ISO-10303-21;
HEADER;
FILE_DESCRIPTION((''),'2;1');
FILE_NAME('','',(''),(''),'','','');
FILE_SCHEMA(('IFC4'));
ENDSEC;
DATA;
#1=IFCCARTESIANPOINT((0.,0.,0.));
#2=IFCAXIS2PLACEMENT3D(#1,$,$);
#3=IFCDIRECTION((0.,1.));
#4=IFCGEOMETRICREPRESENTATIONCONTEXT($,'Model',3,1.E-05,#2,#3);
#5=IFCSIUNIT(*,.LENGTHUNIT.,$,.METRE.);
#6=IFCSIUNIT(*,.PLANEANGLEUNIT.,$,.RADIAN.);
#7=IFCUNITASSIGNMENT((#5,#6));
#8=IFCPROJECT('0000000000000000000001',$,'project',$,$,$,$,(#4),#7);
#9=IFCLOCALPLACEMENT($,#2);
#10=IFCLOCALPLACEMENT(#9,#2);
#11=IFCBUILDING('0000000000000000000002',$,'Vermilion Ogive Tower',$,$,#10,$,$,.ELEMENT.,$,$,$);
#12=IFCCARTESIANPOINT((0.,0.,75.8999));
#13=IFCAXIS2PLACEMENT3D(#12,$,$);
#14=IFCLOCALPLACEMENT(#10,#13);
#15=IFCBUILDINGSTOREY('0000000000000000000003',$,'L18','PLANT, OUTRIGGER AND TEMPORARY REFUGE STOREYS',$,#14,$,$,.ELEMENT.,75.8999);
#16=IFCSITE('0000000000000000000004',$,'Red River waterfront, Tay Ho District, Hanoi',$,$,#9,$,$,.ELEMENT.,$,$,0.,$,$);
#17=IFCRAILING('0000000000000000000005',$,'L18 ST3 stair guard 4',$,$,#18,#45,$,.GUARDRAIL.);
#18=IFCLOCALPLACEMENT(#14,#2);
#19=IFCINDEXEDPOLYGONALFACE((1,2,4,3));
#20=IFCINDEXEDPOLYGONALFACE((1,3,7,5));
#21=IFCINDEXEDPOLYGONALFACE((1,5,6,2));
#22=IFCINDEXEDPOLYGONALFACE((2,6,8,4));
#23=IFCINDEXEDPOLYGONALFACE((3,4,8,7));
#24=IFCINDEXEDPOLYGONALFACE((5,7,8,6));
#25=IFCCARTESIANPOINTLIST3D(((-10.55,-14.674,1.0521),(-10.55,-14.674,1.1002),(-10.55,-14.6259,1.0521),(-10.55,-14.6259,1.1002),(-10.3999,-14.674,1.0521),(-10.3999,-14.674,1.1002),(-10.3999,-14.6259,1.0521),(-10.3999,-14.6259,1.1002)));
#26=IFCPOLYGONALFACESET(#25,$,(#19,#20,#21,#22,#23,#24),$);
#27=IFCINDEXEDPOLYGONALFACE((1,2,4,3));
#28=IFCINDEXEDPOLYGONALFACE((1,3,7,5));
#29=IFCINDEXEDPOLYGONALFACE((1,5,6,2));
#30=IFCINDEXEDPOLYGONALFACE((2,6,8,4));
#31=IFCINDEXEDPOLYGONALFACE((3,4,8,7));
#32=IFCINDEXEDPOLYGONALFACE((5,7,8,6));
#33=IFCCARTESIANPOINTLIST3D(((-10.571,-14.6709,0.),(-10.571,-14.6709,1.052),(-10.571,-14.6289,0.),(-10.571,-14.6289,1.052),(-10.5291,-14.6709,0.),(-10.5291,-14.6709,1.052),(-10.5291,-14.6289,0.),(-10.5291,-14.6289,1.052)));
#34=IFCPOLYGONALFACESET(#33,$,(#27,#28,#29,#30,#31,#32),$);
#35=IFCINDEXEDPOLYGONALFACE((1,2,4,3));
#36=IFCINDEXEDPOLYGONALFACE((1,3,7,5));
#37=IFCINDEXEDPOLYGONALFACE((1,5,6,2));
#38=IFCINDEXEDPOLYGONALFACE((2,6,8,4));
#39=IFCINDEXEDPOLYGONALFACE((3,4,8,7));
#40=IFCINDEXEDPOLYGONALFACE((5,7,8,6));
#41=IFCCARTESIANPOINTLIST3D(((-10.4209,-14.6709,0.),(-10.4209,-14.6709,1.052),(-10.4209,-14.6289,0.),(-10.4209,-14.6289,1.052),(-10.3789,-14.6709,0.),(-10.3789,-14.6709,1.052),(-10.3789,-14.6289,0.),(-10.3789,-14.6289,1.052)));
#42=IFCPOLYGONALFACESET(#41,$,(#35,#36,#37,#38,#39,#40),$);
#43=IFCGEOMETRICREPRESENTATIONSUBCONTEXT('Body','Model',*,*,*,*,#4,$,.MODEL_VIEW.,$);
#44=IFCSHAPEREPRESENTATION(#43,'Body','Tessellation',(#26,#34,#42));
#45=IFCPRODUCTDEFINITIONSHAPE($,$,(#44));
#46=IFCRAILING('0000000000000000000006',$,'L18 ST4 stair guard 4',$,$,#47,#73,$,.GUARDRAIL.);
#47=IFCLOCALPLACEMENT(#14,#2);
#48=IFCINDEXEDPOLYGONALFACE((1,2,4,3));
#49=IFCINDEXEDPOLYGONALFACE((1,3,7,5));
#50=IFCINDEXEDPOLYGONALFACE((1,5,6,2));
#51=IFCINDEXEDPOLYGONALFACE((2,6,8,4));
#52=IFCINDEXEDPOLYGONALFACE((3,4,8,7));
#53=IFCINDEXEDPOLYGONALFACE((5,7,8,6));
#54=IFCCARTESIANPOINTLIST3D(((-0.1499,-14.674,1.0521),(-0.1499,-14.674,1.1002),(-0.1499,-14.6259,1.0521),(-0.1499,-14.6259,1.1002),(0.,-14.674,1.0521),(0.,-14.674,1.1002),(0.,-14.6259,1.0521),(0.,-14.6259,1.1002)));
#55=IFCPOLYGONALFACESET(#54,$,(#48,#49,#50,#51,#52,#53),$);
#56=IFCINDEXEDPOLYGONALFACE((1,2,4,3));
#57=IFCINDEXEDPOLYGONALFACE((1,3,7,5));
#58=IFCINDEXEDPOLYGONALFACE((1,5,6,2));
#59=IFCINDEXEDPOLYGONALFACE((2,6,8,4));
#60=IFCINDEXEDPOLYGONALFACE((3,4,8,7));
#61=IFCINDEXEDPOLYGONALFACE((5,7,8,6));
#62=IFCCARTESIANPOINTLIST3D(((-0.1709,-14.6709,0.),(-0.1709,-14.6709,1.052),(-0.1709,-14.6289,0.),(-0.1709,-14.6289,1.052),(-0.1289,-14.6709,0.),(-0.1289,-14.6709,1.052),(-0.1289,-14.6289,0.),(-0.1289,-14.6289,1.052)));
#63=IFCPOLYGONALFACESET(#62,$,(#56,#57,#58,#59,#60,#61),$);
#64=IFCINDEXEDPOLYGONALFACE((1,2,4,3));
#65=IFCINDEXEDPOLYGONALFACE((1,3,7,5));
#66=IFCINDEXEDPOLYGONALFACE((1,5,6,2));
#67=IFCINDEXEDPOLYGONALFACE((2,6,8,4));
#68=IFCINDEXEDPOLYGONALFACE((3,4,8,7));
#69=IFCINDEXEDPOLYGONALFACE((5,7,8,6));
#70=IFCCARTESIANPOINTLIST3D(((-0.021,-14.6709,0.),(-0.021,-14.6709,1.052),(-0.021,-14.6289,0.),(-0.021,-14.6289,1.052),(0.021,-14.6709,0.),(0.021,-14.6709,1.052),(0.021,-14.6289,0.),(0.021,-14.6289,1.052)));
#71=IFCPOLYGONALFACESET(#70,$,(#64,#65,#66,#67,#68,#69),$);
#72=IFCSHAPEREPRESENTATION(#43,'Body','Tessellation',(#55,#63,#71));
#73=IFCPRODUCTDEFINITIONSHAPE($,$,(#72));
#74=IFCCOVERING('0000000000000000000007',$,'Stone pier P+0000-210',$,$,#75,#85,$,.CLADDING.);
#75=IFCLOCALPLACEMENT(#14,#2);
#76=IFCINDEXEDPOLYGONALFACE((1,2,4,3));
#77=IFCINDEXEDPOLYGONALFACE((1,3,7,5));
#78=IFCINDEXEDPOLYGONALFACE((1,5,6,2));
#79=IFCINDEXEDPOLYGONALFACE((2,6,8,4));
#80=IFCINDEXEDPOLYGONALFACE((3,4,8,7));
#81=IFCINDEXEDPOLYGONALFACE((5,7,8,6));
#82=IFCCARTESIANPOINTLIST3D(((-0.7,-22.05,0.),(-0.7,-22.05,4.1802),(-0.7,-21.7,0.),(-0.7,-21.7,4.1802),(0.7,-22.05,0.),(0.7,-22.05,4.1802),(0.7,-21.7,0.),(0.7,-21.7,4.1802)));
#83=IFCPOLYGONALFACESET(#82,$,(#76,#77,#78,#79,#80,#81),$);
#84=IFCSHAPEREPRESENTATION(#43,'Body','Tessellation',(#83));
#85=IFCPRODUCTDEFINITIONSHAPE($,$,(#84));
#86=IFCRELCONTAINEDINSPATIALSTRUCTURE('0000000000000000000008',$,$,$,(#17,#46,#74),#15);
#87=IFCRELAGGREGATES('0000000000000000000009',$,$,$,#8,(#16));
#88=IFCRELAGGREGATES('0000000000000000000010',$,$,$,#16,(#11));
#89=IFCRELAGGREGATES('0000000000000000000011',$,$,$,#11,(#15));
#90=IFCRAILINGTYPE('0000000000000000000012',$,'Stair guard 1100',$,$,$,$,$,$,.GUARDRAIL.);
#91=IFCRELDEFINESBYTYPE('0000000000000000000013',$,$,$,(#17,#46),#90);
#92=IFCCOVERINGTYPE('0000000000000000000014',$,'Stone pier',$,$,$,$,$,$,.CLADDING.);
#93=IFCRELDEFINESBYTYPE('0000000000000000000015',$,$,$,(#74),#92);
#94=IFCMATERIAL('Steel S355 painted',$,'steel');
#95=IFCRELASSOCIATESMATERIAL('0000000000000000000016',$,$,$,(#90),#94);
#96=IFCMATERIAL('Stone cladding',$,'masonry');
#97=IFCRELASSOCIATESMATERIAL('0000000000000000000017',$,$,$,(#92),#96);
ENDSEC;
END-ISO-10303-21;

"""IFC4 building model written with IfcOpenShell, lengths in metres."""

from ifc_helpers import new_model, si_unit, direction, frame, origin, origin_2d, place, context, subcontext, project, spatial, polyline, rectangle, outline, extrude, material, type_object, element, save


model = new_model("IFC4")

# Units and contexts
model_context = context("Model", 3, precision=1e-05, world=origin(), true_north=direction((0.0, 1.0)))
body_context = subcontext(model_context, "Body", "Model", "MODEL_VIEW")
ifc_project = project(units=[si_unit("LENGTHUNIT", "METRE"), si_unit("PLANEANGLEUNIT", "RADIAN")], contexts=[model_context])

# Site, building, storey
site_placement = place(None, origin())
site = spatial("IfcSite", under=ifc_project, at=site_placement, Name="Red River waterfront, Tay Ho District, Hanoi", CompositionType="ELEMENT", RefElevation=0.0)
building_placement = place(site_placement, origin())
building = spatial("IfcBuilding", under=site, at=building_placement, Name="Vermilion Ogive Tower", CompositionType="ELEMENT")
storey_placement = place(building_placement, frame((0.0, 0.0, 75.8999)))
storey = spatial("IfcBuildingStorey", under=building, at=storey_placement, Name="L18", Description="PLANT, OUTRIGGER AND TEMPORARY REFUGE STOREYS", CompositionType="ELEMENT", Elevation=75.8999)

# Railings
ifc_material_1 = material(Name="Steel S355 painted", Category="steel")
railing_type = type_object("IfcRailingType", Name="Stair guard 1100", PredefinedType="GUARDRAIL", material=ifc_material_1)
railing_1_placement = place(storey_placement, frame((-10.55, -14.6499, 0.0)))
element("IfcRailing", 1, at=railing_1_placement, inside=storey, type_object=railing_type, Name="L18 ST3 stair guard 4", PredefinedType="GUARDRAIL", context=body_context, shape_type="SweptSolid", body=[
    extrude(rectangle(XDim=0.0481, YDim=0.0481, at=origin_2d()), frame((0.0, 0.0, 1.0762), z_axis=(1.0, 0.0, 0.0), x_axis=(0.0, 1.0, 0.0)), (0.0, 0.0, 1.0), 0.1501),
    extrude(rectangle(XDim=0.042, YDim=0.042, at=origin_2d()), origin(), (0.0, 0.0, 1.0), 1.052),
    extrude(rectangle(XDim=0.042, YDim=0.042, at=origin_2d()), frame((0.1501, 0.0, 0.0)), (0.0, 0.0, 1.0), 1.052),
])
railing_2_placement = place(storey_placement, frame((-0.1499, -14.6499, 0.0)))
element("IfcRailing", 2, at=railing_2_placement, inside=storey, type_object=railing_type, Name="L18 ST4 stair guard 4", PredefinedType="GUARDRAIL", context=body_context, shape_type="SweptSolid", body=[
    extrude(rectangle(XDim=0.0481, YDim=0.0481, at=origin_2d()), frame((0.0, 0.0, 1.0762), z_axis=(1.0, 0.0, 0.0), x_axis=(0.0, 1.0, 0.0)), (0.0, 0.0, 1.0), 0.1499),
    extrude(rectangle(XDim=0.042, YDim=0.042, at=origin_2d()), origin(), (0.0, 0.0, 1.0), 1.052),
    extrude(rectangle(XDim=0.042, YDim=0.042, at=origin_2d()), frame((0.1499, 0.0, 0.0)), (0.0, 0.0, 1.0), 1.052),
])

# Covering
ifc_material_2 = material(Name="Stone cladding", Category="masonry")
covering_type = type_object("IfcCoveringType", Name="Stone pier", PredefinedType="CLADDING", material=ifc_material_2)
covering_placement = place(storey_placement, origin())
element("IfcCovering", 3, at=covering_placement, inside=storey, type_object=covering_type, Name="Stone pier P+0000-210", PredefinedType="CLADDING", context=body_context, shape_type="SweptSolid", body=[
    extrude(outline(polyline([(0.7, -22.05), (-0.7, -22.05), (-0.7, -21.7), (0.7, -21.7), (0.7, -22.05)])), origin(), (0.0, 0.0, 1.0), 4.1802),
])

save(model, "model.ifc")
